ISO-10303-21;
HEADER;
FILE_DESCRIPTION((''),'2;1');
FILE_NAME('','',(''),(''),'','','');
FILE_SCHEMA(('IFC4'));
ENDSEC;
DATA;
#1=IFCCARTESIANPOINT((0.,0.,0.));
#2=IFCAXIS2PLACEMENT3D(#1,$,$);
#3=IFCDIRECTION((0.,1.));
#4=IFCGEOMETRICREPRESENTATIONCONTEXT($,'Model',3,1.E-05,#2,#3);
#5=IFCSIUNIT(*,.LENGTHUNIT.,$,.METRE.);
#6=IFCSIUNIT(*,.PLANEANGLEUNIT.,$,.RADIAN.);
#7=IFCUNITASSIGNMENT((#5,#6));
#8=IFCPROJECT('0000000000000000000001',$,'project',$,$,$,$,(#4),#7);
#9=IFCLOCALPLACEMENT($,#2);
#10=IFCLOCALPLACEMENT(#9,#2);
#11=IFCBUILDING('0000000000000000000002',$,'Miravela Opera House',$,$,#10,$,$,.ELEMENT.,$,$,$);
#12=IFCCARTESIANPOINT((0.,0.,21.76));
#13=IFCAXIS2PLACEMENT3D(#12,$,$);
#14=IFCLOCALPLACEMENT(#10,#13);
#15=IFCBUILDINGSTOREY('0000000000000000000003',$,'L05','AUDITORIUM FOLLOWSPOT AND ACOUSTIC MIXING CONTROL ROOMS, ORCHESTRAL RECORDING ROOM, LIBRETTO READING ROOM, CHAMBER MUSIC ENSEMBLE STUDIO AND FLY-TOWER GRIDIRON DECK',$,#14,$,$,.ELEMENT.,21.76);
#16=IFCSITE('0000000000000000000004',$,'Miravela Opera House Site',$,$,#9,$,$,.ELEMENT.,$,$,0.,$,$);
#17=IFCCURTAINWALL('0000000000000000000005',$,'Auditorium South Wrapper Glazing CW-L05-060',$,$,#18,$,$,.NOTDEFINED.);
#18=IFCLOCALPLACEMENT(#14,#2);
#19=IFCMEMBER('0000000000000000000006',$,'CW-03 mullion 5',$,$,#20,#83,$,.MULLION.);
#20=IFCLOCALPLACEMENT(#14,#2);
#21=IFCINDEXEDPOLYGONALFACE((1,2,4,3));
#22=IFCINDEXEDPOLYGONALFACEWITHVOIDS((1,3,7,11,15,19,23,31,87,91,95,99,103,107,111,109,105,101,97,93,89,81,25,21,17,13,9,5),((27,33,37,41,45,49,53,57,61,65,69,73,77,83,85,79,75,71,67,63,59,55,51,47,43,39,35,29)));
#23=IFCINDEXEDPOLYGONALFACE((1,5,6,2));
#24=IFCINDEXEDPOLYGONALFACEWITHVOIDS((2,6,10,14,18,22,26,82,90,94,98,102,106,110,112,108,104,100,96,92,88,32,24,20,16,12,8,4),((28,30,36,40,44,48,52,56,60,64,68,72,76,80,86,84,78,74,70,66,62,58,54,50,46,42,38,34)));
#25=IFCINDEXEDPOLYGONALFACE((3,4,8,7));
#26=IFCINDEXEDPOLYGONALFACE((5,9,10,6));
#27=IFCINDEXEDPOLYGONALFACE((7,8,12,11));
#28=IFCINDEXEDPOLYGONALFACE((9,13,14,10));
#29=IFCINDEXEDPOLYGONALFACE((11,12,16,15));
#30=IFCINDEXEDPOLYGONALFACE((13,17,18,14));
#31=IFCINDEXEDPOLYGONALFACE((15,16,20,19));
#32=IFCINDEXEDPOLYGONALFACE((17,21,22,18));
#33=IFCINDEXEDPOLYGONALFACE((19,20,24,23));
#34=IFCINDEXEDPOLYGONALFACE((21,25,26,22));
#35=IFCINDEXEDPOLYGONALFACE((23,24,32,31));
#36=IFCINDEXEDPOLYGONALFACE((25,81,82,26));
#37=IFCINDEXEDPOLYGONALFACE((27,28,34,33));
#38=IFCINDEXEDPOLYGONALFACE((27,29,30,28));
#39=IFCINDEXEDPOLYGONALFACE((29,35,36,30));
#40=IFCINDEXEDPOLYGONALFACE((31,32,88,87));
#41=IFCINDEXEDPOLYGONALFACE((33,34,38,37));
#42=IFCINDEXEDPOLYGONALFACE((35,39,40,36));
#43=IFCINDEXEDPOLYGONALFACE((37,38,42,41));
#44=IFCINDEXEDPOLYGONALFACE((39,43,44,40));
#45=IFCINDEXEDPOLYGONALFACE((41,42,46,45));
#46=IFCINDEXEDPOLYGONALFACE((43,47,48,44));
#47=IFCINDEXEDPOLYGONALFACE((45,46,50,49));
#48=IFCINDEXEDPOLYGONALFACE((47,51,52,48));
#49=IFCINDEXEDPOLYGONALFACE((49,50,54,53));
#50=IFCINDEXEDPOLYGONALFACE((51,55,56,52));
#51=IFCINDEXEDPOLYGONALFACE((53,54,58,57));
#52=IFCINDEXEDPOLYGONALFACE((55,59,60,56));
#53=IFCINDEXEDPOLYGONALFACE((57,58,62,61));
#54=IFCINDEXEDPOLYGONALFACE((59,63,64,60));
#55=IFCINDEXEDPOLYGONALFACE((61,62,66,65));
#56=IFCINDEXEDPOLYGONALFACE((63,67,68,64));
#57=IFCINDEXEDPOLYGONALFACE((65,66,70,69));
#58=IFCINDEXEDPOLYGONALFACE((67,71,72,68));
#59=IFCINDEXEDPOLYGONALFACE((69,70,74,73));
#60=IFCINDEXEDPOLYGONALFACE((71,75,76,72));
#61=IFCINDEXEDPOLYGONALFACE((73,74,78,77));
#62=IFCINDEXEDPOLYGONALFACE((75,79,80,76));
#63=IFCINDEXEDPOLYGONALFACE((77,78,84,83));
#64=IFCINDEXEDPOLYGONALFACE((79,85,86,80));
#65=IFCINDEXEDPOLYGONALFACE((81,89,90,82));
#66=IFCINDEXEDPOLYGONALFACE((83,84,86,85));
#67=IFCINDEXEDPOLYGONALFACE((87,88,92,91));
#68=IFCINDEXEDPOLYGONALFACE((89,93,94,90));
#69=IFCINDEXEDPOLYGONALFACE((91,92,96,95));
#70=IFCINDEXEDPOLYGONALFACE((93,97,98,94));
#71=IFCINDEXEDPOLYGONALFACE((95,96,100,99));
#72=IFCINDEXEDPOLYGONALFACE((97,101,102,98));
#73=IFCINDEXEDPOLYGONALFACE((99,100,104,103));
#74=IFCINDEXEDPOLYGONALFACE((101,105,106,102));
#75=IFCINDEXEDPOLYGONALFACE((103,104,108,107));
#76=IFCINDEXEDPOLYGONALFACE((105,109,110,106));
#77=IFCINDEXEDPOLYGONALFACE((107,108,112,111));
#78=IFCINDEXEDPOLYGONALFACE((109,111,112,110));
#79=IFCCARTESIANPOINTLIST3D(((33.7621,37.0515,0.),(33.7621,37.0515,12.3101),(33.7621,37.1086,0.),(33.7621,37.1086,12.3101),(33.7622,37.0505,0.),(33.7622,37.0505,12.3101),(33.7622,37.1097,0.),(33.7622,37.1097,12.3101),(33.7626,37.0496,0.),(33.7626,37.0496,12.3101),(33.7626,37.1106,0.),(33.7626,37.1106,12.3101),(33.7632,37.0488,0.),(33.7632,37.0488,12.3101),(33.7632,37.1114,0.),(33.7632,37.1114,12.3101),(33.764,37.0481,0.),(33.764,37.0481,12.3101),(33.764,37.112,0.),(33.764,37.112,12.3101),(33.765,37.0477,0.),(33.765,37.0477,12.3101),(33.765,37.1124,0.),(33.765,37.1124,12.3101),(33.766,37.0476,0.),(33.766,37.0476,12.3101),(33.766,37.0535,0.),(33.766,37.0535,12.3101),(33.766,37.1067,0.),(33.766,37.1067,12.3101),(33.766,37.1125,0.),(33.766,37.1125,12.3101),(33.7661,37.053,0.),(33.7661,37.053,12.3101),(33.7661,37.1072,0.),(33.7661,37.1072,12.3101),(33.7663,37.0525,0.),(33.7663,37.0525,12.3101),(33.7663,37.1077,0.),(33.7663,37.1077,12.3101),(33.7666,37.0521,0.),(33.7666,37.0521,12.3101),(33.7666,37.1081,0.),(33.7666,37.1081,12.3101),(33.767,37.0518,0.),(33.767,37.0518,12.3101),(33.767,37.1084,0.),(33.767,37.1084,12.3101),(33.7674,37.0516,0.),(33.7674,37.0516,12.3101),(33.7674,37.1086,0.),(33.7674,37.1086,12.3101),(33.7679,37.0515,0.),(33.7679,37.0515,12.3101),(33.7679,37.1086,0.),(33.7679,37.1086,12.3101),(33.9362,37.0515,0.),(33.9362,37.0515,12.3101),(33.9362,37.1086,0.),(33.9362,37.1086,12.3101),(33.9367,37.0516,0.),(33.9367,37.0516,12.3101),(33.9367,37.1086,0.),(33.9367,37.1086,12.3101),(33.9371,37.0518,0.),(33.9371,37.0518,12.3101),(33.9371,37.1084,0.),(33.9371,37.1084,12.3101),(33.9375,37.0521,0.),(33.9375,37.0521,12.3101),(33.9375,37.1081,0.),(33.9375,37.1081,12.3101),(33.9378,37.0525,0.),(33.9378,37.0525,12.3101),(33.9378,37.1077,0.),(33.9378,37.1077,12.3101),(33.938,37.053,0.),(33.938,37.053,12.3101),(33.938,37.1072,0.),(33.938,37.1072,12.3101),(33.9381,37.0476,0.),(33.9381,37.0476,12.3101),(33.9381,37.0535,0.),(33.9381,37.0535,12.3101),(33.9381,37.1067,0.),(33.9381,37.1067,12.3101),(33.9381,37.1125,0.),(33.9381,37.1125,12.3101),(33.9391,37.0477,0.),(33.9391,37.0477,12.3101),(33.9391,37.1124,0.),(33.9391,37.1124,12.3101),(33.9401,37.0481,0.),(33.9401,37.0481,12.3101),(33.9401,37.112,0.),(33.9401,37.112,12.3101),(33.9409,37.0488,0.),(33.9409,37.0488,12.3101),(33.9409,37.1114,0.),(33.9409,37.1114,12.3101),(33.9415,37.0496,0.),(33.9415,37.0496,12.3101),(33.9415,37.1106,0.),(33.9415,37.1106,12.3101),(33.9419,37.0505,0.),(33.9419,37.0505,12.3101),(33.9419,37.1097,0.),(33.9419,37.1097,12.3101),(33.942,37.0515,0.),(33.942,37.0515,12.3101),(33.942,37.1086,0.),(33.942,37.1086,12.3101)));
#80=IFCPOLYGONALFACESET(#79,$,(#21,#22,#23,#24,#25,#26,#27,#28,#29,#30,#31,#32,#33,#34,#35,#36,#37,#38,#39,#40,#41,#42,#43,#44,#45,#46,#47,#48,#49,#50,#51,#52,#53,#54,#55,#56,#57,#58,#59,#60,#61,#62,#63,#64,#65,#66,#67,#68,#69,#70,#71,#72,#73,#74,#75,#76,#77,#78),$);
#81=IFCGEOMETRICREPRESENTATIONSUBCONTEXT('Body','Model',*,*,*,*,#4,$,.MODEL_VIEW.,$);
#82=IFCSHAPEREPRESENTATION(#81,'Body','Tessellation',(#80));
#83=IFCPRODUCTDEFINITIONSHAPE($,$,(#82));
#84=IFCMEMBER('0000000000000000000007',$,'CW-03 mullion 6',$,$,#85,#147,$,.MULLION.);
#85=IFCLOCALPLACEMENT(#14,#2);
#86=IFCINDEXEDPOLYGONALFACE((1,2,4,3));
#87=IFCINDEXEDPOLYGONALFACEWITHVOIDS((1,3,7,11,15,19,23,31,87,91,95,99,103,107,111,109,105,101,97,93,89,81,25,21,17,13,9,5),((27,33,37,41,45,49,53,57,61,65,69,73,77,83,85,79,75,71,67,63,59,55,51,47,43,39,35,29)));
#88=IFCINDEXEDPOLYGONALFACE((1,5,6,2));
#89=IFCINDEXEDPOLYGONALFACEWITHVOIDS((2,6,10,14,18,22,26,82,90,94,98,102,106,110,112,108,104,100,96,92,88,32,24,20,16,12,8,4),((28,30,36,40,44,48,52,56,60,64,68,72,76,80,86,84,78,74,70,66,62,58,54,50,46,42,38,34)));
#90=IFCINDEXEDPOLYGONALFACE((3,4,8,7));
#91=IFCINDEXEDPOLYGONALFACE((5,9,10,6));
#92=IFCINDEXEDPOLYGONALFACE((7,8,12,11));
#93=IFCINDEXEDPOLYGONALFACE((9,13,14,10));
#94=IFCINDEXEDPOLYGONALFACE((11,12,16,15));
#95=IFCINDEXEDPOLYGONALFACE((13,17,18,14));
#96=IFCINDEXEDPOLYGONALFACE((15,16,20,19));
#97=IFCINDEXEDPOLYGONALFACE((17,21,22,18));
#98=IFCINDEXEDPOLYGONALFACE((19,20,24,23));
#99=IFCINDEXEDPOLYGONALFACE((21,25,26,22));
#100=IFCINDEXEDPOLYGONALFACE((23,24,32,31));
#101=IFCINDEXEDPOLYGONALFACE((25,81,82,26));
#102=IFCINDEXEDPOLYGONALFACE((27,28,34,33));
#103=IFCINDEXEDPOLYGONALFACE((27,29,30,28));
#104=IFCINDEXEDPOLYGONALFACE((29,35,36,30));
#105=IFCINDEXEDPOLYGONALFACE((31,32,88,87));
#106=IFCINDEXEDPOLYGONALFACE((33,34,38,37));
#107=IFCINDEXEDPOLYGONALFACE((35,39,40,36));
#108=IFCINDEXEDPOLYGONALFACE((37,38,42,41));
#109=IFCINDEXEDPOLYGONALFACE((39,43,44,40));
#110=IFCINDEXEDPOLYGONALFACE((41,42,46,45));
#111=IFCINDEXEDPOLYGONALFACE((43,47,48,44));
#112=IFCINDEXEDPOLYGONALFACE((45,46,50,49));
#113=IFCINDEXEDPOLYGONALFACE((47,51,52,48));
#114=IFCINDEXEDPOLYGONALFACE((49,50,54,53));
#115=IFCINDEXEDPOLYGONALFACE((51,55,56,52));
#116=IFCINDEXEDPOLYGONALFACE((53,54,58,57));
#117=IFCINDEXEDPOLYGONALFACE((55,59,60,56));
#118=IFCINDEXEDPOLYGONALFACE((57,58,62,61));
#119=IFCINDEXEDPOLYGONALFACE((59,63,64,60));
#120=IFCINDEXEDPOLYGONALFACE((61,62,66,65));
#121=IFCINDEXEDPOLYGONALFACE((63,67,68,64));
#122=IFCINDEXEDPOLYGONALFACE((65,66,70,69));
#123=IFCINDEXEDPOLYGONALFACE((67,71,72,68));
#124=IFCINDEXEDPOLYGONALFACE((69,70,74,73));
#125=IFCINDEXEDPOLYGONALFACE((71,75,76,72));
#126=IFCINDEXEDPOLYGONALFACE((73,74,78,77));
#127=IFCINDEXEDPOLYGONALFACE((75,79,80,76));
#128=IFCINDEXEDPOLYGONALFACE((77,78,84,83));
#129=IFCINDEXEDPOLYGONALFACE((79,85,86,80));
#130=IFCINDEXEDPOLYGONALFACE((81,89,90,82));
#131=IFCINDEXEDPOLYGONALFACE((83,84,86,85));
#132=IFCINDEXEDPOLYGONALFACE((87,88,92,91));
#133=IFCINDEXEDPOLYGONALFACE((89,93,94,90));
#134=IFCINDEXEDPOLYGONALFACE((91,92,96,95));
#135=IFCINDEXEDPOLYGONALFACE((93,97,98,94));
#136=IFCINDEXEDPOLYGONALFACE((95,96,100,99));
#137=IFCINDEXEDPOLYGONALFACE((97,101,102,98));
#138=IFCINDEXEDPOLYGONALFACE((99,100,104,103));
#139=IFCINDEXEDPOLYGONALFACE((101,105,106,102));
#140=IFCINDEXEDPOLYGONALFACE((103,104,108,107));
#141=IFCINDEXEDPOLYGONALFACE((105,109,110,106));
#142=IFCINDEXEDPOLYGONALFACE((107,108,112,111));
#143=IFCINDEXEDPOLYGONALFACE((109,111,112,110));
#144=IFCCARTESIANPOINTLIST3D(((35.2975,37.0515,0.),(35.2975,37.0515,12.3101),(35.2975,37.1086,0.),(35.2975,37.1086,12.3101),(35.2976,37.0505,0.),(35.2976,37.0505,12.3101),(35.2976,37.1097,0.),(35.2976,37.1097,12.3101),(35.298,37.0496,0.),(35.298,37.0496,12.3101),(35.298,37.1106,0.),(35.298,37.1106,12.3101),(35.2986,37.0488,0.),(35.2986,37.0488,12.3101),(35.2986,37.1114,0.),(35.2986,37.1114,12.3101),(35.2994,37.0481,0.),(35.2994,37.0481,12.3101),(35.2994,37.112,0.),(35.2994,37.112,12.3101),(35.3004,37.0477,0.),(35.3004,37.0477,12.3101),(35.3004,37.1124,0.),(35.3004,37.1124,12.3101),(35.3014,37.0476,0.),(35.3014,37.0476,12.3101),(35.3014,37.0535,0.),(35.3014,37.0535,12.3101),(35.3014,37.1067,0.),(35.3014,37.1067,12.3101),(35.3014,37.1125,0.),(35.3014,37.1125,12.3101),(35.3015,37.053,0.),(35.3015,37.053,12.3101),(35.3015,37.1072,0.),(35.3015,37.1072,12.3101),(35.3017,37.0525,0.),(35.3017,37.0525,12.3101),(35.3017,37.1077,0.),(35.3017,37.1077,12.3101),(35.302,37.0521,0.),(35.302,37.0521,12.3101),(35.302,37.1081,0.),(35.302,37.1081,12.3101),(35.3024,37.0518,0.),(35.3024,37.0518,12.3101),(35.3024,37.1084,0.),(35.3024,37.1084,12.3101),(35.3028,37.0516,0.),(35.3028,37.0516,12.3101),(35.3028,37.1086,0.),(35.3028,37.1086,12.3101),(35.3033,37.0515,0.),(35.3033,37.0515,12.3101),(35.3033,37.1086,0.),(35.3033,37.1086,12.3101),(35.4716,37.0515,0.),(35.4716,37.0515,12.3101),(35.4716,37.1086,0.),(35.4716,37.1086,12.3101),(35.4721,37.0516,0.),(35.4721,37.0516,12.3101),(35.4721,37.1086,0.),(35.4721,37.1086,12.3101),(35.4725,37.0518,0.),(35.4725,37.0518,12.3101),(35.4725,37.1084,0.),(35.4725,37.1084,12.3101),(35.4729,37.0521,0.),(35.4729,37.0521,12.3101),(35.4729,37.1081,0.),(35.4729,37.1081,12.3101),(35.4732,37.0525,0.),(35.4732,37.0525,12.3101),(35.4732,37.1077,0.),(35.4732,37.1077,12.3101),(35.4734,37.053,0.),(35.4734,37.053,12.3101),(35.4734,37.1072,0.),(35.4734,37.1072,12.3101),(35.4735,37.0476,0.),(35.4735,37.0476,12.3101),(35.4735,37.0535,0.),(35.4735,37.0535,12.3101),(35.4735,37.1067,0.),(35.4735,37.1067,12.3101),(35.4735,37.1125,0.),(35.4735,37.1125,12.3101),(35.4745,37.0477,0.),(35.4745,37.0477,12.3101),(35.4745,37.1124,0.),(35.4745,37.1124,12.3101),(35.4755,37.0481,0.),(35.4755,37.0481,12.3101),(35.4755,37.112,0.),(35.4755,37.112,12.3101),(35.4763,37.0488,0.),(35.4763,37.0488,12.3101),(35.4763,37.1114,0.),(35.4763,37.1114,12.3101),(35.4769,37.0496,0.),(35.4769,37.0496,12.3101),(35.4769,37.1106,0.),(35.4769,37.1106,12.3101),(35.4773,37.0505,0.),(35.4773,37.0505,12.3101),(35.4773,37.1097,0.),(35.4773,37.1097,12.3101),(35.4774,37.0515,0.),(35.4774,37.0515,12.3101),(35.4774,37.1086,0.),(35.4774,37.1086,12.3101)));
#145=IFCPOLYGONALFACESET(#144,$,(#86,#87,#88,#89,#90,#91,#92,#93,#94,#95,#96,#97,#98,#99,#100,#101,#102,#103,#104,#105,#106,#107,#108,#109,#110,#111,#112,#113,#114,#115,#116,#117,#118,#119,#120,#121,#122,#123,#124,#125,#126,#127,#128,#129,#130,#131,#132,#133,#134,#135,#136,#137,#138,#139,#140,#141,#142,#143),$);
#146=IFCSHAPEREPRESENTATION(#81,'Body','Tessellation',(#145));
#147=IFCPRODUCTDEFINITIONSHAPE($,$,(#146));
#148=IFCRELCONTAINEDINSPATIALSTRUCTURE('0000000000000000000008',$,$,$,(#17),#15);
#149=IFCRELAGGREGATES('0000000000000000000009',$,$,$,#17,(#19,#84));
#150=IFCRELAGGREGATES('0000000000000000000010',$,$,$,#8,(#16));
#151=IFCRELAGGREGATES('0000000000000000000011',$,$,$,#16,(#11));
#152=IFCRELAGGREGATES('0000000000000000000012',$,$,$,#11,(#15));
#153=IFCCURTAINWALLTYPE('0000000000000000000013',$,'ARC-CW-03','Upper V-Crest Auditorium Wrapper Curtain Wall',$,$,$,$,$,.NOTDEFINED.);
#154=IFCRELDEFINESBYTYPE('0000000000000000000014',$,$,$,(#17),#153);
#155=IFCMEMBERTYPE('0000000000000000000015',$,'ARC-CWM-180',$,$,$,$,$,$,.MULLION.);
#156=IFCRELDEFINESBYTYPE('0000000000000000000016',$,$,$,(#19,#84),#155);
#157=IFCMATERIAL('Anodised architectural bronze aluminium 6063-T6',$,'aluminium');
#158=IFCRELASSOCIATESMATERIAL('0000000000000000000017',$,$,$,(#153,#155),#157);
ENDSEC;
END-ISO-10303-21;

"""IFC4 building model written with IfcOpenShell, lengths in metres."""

from ifc_helpers import new_model, si_unit, direction, frame, origin, origin_2d, place, context, subcontext, project, spatial, hollow_rectangle, extrude, material, material_profile, profile_set, type_object, element, aggregate, save


model = new_model("IFC4")

# Units and contexts
model_context = context("Model", 3, precision=1e-05, world=origin(), true_north=direction((0.0, 1.0)))
body_context = subcontext(model_context, "Body", "Model", "MODEL_VIEW")
ifc_project = project(units=[si_unit("LENGTHUNIT", "METRE"), si_unit("PLANEANGLEUNIT", "RADIAN")], contexts=[model_context])

# Site, building, storey
site_placement = place(None, origin())
site = spatial("IfcSite", under=ifc_project, at=site_placement, Name="Miravela Opera House Site", CompositionType="ELEMENT", RefElevation=0.0)
building_placement = place(site_placement, origin())
building = spatial("IfcBuilding", under=site, at=building_placement, Name="Miravela Opera House", CompositionType="ELEMENT")
storey_placement = place(building_placement, frame((0.0, 0.0, 21.76)))
storey = spatial("IfcBuildingStorey", under=building, at=storey_placement, Name="L05", Description="AUDITORIUM FOLLOWSPOT AND ACOUSTIC MIXING CONTROL ROOMS, ORCHESTRAL RECORDING ROOM, LIBRETTO READING ROOM, CHAMBER MUSIC ENSEMBLE STUDIO AND FLY-TOWER GRIDIRON DECK", CompositionType="ELEMENT", Elevation=21.76)

# Curtain wall, members
ifc_material_1 = material(Name="Anodised architectural bronze aluminium 6063-T6", Category="aluminium")
curtain_wall_type = type_object("IfcCurtainWallType", Name="ARC-CW-03", Description="Upper V-Crest Auditorium Wrapper Curtain Wall", PredefinedType="NOTDEFINED", material=ifc_material_1)
curtain_wall_placement = place(storey_placement, origin())
curtain_wall = element("IfcCurtainWall", 1, at=curtain_wall_placement, inside=storey, type_object=curtain_wall_type, Name="Auditorium South Wrapper Glazing CW-L05-060", PredefinedType="NOTDEFINED")
ifc_material_profile_1 = material_profile(ifc_material_1, hollow_rectangle(XDim=0.0649, YDim=0.1799, WallThickness=0.0039, InnerFilletRadius=0.002, OuterFilletRadius=0.0039, at=origin_2d()), Name="CWM-65X180")
ifc_profile_set_1 = profile_set([ifc_material_profile_1])
member_type_1 = type_object("IfcMemberType", Name="ARC-CWM-180", PredefinedType="MULLION", material=ifc_profile_set_1)
member_1_placement = place(storey_placement, frame((33.8521, 37.0801, 0.0), z_axis=(0.0, 0.0, 1.0), x_axis=(0.0, 1.0, 0.0)))
member_1 = element("IfcMember", 2, at=member_1_placement, type_object=member_type_1, Name="CW-03 mullion 5", PredefinedType="MULLION", context=body_context, shape_type="SweptSolid", body=[
    extrude(hollow_rectangle(XDim=0.0649, YDim=0.1799, WallThickness=0.0039, InnerFilletRadius=0.002, OuterFilletRadius=0.0039, at=origin_2d()), origin(), (0.0, 0.0, 1.0), 12.3101),
])
member_2_placement = place(storey_placement, frame((35.3875, 37.0801, 0.0), z_axis=(0.0, 0.0, 1.0), x_axis=(0.0, 1.0, 0.0)))
member_2 = element("IfcMember", 3, at=member_2_placement, type_object=member_type_1, Name="CW-03 mullion 6", PredefinedType="MULLION", context=body_context, shape_type="SweptSolid", body=[
    extrude(hollow_rectangle(XDim=0.0649, YDim=0.1799, WallThickness=0.0039, InnerFilletRadius=0.002, OuterFilletRadius=0.0039, at=origin_2d()), origin(), (0.0, 0.0, 1.0), 12.3101),
])
aggregate(curtain_wall, [member_1, member_2])

save(model, "model.ifc")
